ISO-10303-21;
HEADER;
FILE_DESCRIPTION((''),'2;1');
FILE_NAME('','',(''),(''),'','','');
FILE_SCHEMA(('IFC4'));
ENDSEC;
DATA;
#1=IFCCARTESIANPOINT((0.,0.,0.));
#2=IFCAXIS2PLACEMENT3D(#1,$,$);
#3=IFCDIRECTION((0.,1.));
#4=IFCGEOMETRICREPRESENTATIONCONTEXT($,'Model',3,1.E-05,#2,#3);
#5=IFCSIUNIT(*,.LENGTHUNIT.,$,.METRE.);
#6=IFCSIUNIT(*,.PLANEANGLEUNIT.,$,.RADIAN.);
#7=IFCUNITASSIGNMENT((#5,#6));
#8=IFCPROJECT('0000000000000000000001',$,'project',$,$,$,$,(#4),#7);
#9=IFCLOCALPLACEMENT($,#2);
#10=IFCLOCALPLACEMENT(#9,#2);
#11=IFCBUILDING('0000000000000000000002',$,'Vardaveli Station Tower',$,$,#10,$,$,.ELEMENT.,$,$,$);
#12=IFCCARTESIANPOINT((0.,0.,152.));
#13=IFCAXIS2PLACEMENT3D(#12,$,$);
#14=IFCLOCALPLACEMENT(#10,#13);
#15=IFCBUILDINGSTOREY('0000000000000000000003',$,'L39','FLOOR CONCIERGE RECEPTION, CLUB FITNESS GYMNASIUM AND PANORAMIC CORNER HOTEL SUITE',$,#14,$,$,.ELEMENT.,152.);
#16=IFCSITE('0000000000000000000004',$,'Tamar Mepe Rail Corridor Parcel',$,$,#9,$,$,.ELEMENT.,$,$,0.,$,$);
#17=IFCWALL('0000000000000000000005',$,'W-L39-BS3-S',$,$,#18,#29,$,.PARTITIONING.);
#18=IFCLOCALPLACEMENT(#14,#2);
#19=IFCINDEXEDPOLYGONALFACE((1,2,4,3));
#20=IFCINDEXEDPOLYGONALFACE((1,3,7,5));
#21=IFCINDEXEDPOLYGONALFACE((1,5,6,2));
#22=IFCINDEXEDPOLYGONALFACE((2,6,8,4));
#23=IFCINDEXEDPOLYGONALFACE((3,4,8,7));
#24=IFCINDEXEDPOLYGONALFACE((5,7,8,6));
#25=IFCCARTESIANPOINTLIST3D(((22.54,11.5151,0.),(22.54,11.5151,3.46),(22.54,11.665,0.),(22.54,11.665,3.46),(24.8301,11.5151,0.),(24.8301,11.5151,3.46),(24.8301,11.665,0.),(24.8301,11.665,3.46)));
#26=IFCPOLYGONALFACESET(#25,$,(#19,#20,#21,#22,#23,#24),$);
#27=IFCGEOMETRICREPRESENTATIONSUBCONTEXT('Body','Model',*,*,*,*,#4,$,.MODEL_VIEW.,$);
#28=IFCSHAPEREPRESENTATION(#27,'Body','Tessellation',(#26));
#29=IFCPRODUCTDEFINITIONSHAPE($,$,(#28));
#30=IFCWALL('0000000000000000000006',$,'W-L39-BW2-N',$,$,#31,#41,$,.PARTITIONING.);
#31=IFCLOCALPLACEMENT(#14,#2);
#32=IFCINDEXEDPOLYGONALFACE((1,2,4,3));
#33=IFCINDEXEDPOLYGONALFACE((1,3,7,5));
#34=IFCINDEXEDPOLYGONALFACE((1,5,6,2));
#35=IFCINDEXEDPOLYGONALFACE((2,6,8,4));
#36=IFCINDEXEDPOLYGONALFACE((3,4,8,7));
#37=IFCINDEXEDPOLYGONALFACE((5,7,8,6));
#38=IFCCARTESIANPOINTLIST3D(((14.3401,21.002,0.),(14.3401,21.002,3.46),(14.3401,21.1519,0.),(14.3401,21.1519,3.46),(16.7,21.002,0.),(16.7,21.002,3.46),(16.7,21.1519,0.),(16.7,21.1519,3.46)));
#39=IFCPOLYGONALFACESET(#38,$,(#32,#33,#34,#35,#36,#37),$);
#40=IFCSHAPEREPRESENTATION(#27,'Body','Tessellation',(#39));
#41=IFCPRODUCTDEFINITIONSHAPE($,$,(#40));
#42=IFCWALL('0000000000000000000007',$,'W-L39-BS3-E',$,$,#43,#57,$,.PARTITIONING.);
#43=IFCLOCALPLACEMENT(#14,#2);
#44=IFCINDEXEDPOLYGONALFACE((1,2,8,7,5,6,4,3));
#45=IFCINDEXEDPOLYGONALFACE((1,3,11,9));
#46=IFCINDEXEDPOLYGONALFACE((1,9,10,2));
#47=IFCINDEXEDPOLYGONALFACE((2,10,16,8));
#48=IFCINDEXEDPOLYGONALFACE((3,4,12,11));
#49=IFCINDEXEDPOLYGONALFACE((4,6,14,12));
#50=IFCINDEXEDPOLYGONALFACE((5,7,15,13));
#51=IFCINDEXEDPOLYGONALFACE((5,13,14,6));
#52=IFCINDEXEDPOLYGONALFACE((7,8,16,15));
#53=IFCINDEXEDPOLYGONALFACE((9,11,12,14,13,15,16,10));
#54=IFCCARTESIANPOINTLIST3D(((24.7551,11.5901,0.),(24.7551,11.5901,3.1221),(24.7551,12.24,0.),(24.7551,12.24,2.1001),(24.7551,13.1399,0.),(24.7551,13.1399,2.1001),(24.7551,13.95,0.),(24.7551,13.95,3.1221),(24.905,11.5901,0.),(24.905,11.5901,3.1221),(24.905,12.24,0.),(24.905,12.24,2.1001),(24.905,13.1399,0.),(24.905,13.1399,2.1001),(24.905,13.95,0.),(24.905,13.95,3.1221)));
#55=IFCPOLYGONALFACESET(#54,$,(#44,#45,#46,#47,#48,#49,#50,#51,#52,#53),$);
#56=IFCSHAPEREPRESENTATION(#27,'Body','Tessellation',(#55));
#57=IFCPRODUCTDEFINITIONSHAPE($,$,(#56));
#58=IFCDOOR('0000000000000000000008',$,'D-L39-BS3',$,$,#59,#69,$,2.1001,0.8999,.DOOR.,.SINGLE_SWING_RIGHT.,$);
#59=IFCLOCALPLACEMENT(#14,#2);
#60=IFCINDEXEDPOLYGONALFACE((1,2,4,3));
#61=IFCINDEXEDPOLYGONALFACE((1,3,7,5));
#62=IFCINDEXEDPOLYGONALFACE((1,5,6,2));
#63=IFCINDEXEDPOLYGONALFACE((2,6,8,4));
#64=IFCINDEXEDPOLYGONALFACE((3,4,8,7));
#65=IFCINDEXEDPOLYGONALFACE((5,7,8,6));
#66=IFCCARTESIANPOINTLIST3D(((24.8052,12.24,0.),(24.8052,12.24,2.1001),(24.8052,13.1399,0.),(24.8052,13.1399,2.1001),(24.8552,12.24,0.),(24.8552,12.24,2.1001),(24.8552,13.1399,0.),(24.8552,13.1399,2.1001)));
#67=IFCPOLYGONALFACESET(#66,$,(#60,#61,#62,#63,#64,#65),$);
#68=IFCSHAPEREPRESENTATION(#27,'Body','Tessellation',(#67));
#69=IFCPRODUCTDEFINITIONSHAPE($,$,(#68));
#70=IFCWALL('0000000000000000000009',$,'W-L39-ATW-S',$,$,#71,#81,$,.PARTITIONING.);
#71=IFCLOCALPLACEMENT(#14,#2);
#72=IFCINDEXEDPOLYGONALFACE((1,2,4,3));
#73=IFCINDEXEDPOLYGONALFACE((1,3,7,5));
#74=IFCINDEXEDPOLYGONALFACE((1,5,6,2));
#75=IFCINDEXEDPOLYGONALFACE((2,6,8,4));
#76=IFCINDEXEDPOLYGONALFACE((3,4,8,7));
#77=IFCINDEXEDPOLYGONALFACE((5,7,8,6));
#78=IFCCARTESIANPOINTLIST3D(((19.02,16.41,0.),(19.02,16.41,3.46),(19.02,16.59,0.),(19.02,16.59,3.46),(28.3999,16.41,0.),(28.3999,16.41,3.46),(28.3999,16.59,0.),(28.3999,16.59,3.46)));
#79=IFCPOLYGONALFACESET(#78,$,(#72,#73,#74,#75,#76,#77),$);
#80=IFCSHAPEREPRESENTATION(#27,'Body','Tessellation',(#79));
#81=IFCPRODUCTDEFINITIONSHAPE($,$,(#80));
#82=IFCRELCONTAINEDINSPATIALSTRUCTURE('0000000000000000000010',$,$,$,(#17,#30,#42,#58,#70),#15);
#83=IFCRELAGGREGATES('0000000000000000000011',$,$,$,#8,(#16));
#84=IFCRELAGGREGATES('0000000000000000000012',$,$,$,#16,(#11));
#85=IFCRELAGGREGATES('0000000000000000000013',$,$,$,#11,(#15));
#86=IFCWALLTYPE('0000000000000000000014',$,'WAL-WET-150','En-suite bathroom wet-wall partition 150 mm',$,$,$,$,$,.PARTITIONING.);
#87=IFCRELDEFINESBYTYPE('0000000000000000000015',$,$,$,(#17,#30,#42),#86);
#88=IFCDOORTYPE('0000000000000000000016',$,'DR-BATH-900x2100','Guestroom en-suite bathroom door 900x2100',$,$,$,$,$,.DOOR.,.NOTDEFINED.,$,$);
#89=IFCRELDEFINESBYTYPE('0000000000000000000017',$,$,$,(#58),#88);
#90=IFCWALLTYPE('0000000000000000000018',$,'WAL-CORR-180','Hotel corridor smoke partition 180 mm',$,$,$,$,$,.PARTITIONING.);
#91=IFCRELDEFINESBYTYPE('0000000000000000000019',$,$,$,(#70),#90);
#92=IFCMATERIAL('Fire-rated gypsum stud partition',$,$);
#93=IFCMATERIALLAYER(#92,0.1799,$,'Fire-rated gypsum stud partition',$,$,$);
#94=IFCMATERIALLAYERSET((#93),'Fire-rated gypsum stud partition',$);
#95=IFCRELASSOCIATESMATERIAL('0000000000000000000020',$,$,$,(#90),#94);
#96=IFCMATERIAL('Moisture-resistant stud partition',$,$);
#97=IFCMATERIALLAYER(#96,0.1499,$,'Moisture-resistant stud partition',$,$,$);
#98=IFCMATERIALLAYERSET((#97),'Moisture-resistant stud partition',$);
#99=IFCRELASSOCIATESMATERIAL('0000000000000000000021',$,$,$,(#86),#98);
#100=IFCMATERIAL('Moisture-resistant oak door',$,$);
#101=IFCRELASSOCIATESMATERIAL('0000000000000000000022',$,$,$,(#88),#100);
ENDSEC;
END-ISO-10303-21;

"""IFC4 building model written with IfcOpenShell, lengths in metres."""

from ifc_helpers import new_model, si_unit, direction, frame, frame_2d, origin, place, context, subcontext, project, spatial, rectangle, extrude, source, transform, mapped, material, layer, layer_set, type_object, element, fill, save


model = new_model("IFC4")

# Units and contexts
model_context = context("Model", 3, precision=1e-05, world=origin(), true_north=direction((0.0, 1.0)))
body_context = subcontext(model_context, "Body", "Model", "MODEL_VIEW")
ifc_project = project(units=[si_unit("LENGTHUNIT", "METRE"), si_unit("PLANEANGLEUNIT", "RADIAN")], contexts=[model_context])

# Site, building, storey
site_placement = place(None, origin())
site = spatial("IfcSite", under=ifc_project, at=site_placement, Name="Tamar Mepe Rail Corridor Parcel", CompositionType="ELEMENT", RefElevation=0.0)
building_placement = place(site_placement, origin())
building = spatial("IfcBuilding", under=site, at=building_placement, Name="Vardaveli Station Tower", CompositionType="ELEMENT")
storey_placement = place(building_placement, frame((0.0, 0.0, 152.0)))
storey = spatial("IfcBuildingStorey", under=building, at=storey_placement, Name="L39", Description="FLOOR CONCIERGE RECEPTION, CLUB FITNESS GYMNASIUM AND PANORAMIC CORNER HOTEL SUITE", CompositionType="ELEMENT", Elevation=152.0)

# Shared definitions
ifc_material_1 = material(Name="Fire-rated gypsum stud partition")
ifc_layer_1 = layer(ifc_material_1, 0.1799, Name="Fire-rated gypsum stud partition")
ifc_layer_set_1 = layer_set([ifc_layer_1], Name="Fire-rated gypsum stud partition")
wall_type_1 = type_object("IfcWallType", Name="WAL-CORR-180", Description="Hotel corridor smoke partition 180 mm", PredefinedType="PARTITIONING", material=ifc_layer_set_1)

# Shared definitions
ifc_material_2 = material(Name="Moisture-resistant stud partition")
ifc_layer_2 = layer(ifc_material_2, 0.1499, Name="Moisture-resistant stud partition")
ifc_layer_set_2 = layer_set([ifc_layer_2], Name="Moisture-resistant stud partition")
wall_type_2 = type_object("IfcWallType", Name="WAL-WET-150", Description="En-suite bathroom wet-wall partition 150 mm", PredefinedType="PARTITIONING", material=ifc_layer_set_2)
shared_shape_1 = source(origin(), body_context, "Body", "SweptSolid", [
    extrude(rectangle(XDim=0.8999, YDim=2.1001, at=frame_2d((0.45, 1.05))), frame((0.0, 0.085, 0.0), z_axis=(0.0, -1.0, 0.0), x_axis=(1.0, 0.0, 0.0)), (0.0, 0.0, 1.0), 0.1699),
])
ifc_material_3 = material(Name="Moisture-resistant oak door")
door_type_1 = type_object("IfcDoorType", Name="DR-BATH-900x2100", Description="Guestroom en-suite bathroom door 900x2100", OperationType="NOTDEFINED", PredefinedType="DOOR", material=ifc_material_3)
shared_shape_2 = source(origin(), body_context, "Body", "SweptSolid", [
    extrude(rectangle(XDim=0.8999, YDim=2.1001, at=frame_2d((0.45, 1.05))), frame((0.0, 0.0249, 0.0), z_axis=(0.0, -1.0, 0.0), x_axis=(1.0, 0.0, 0.0)), (0.0, 0.0, 1.0), 0.05),
])

# Walls
shared_shape_3 = source(origin(), body_context, "Body", "SweptSolid", [
    extrude(rectangle(XDim=2.29, YDim=0.1499, at=frame_2d((1.145, 0.0))), origin(), (0.0, 0.0, 1.0), 3.46),
])
wall_1_placement = place(storey_placement, frame((22.54, 11.5901, 0.0), z_axis=(0.0, 0.0, 1.0), x_axis=(1.0, 0.0, 0.0)))
element("IfcWall", 1, at=wall_1_placement, inside=storey, type_object=wall_type_2, Name="W-L39-BS3-S", PredefinedType="PARTITIONING", context=body_context, shape_type="MappedRepresentation", body=[
    mapped(shared_shape_3, transform((0.0, 0.0, 0.0), scale=1.0)),
])
shared_shape_4 = source(origin(), body_context, "Body", "SweptSolid", [
    extrude(rectangle(XDim=2.3599, YDim=0.1499, at=frame_2d((1.1799, 0.0))), origin(), (0.0, 0.0, 1.0), 3.46),
])
wall_2_placement = place(storey_placement, frame((14.3401, 21.0769, 0.0), z_axis=(0.0, 0.0, 1.0), x_axis=(1.0, 0.0, 0.0)))
element("IfcWall", 2, at=wall_2_placement, inside=storey, type_object=wall_type_2, Name="W-L39-BW2-N", PredefinedType="PARTITIONING", context=body_context, shape_type="MappedRepresentation", body=[
    mapped(shared_shape_4, transform((0.0, 0.0, 0.0), scale=1.0)),
])

# Wall, opening, door
shared_shape_5 = source(origin(), body_context, "Body", "SweptSolid", [
    extrude(rectangle(XDim=2.3599, YDim=0.1499, at=frame_2d((1.1799, 0.0))), origin(), (0.0, 0.0, 1.0), 3.1221),
])
wall_3_placement = place(storey_placement, frame((24.8301, 11.5901, 0.0), z_axis=(0.0, 0.0, 1.0), x_axis=(0.0, 1.0, 0.0)))
wall_3 = element("IfcWall", 3, at=wall_3_placement, inside=storey, type_object=wall_type_2, Name="W-L39-BS3-E", PredefinedType="PARTITIONING", context=body_context, shape_type="MappedRepresentation", body=[
    mapped(shared_shape_5, transform((0.0, 0.0, 0.0), scale=1.0)),
])
opening_1_placement = place(wall_3_placement, frame((0.6499, 0.0, 0.0)))
opening_1 = element("IfcOpeningElement", 4, at=opening_1_placement, cuts=wall_3, PredefinedType="OPENING", context=body_context, shape_type="MappedRepresentation", body=[
    mapped(shared_shape_1, transform((0.0, 0.0, 0.0), scale=1.0)),
])
door_1_placement = place(opening_1_placement, origin())
door_1 = element("IfcDoor", 5, at=door_1_placement, inside=storey, type_object=door_type_1, Name="D-L39-BS3", OperationType="SINGLE_SWING_RIGHT", OverallHeight=2.1001, OverallWidth=0.8999, PredefinedType="DOOR", context=body_context, shape_type="MappedRepresentation", body=[
    mapped(shared_shape_2, transform((0.0, 0.0, 0.0), scale=1.0)),
])
fill(opening_1, door_1)

# Wall
shared_shape_6 = source(origin(), body_context, "Body", "SweptSolid", [
    extrude(rectangle(XDim=9.3799, YDim=0.1799, at=frame_2d((4.6899, 0.0))), origin(), (0.0, 0.0, 1.0), 3.46),
])
wall_4_placement = place(storey_placement, frame((19.02, 16.5, 0.0), z_axis=(0.0, 0.0, 1.0), x_axis=(1.0, 0.0, 0.0)))
element("IfcWall", 6, at=wall_4_placement, inside=storey, type_object=wall_type_1, Name="W-L39-ATW-S", PredefinedType="PARTITIONING", context=body_context, shape_type="MappedRepresentation", body=[
    mapped(shared_shape_6, transform((0.0, 0.0, 0.0), scale=1.0)),
])

save(model, "model.ifc")
